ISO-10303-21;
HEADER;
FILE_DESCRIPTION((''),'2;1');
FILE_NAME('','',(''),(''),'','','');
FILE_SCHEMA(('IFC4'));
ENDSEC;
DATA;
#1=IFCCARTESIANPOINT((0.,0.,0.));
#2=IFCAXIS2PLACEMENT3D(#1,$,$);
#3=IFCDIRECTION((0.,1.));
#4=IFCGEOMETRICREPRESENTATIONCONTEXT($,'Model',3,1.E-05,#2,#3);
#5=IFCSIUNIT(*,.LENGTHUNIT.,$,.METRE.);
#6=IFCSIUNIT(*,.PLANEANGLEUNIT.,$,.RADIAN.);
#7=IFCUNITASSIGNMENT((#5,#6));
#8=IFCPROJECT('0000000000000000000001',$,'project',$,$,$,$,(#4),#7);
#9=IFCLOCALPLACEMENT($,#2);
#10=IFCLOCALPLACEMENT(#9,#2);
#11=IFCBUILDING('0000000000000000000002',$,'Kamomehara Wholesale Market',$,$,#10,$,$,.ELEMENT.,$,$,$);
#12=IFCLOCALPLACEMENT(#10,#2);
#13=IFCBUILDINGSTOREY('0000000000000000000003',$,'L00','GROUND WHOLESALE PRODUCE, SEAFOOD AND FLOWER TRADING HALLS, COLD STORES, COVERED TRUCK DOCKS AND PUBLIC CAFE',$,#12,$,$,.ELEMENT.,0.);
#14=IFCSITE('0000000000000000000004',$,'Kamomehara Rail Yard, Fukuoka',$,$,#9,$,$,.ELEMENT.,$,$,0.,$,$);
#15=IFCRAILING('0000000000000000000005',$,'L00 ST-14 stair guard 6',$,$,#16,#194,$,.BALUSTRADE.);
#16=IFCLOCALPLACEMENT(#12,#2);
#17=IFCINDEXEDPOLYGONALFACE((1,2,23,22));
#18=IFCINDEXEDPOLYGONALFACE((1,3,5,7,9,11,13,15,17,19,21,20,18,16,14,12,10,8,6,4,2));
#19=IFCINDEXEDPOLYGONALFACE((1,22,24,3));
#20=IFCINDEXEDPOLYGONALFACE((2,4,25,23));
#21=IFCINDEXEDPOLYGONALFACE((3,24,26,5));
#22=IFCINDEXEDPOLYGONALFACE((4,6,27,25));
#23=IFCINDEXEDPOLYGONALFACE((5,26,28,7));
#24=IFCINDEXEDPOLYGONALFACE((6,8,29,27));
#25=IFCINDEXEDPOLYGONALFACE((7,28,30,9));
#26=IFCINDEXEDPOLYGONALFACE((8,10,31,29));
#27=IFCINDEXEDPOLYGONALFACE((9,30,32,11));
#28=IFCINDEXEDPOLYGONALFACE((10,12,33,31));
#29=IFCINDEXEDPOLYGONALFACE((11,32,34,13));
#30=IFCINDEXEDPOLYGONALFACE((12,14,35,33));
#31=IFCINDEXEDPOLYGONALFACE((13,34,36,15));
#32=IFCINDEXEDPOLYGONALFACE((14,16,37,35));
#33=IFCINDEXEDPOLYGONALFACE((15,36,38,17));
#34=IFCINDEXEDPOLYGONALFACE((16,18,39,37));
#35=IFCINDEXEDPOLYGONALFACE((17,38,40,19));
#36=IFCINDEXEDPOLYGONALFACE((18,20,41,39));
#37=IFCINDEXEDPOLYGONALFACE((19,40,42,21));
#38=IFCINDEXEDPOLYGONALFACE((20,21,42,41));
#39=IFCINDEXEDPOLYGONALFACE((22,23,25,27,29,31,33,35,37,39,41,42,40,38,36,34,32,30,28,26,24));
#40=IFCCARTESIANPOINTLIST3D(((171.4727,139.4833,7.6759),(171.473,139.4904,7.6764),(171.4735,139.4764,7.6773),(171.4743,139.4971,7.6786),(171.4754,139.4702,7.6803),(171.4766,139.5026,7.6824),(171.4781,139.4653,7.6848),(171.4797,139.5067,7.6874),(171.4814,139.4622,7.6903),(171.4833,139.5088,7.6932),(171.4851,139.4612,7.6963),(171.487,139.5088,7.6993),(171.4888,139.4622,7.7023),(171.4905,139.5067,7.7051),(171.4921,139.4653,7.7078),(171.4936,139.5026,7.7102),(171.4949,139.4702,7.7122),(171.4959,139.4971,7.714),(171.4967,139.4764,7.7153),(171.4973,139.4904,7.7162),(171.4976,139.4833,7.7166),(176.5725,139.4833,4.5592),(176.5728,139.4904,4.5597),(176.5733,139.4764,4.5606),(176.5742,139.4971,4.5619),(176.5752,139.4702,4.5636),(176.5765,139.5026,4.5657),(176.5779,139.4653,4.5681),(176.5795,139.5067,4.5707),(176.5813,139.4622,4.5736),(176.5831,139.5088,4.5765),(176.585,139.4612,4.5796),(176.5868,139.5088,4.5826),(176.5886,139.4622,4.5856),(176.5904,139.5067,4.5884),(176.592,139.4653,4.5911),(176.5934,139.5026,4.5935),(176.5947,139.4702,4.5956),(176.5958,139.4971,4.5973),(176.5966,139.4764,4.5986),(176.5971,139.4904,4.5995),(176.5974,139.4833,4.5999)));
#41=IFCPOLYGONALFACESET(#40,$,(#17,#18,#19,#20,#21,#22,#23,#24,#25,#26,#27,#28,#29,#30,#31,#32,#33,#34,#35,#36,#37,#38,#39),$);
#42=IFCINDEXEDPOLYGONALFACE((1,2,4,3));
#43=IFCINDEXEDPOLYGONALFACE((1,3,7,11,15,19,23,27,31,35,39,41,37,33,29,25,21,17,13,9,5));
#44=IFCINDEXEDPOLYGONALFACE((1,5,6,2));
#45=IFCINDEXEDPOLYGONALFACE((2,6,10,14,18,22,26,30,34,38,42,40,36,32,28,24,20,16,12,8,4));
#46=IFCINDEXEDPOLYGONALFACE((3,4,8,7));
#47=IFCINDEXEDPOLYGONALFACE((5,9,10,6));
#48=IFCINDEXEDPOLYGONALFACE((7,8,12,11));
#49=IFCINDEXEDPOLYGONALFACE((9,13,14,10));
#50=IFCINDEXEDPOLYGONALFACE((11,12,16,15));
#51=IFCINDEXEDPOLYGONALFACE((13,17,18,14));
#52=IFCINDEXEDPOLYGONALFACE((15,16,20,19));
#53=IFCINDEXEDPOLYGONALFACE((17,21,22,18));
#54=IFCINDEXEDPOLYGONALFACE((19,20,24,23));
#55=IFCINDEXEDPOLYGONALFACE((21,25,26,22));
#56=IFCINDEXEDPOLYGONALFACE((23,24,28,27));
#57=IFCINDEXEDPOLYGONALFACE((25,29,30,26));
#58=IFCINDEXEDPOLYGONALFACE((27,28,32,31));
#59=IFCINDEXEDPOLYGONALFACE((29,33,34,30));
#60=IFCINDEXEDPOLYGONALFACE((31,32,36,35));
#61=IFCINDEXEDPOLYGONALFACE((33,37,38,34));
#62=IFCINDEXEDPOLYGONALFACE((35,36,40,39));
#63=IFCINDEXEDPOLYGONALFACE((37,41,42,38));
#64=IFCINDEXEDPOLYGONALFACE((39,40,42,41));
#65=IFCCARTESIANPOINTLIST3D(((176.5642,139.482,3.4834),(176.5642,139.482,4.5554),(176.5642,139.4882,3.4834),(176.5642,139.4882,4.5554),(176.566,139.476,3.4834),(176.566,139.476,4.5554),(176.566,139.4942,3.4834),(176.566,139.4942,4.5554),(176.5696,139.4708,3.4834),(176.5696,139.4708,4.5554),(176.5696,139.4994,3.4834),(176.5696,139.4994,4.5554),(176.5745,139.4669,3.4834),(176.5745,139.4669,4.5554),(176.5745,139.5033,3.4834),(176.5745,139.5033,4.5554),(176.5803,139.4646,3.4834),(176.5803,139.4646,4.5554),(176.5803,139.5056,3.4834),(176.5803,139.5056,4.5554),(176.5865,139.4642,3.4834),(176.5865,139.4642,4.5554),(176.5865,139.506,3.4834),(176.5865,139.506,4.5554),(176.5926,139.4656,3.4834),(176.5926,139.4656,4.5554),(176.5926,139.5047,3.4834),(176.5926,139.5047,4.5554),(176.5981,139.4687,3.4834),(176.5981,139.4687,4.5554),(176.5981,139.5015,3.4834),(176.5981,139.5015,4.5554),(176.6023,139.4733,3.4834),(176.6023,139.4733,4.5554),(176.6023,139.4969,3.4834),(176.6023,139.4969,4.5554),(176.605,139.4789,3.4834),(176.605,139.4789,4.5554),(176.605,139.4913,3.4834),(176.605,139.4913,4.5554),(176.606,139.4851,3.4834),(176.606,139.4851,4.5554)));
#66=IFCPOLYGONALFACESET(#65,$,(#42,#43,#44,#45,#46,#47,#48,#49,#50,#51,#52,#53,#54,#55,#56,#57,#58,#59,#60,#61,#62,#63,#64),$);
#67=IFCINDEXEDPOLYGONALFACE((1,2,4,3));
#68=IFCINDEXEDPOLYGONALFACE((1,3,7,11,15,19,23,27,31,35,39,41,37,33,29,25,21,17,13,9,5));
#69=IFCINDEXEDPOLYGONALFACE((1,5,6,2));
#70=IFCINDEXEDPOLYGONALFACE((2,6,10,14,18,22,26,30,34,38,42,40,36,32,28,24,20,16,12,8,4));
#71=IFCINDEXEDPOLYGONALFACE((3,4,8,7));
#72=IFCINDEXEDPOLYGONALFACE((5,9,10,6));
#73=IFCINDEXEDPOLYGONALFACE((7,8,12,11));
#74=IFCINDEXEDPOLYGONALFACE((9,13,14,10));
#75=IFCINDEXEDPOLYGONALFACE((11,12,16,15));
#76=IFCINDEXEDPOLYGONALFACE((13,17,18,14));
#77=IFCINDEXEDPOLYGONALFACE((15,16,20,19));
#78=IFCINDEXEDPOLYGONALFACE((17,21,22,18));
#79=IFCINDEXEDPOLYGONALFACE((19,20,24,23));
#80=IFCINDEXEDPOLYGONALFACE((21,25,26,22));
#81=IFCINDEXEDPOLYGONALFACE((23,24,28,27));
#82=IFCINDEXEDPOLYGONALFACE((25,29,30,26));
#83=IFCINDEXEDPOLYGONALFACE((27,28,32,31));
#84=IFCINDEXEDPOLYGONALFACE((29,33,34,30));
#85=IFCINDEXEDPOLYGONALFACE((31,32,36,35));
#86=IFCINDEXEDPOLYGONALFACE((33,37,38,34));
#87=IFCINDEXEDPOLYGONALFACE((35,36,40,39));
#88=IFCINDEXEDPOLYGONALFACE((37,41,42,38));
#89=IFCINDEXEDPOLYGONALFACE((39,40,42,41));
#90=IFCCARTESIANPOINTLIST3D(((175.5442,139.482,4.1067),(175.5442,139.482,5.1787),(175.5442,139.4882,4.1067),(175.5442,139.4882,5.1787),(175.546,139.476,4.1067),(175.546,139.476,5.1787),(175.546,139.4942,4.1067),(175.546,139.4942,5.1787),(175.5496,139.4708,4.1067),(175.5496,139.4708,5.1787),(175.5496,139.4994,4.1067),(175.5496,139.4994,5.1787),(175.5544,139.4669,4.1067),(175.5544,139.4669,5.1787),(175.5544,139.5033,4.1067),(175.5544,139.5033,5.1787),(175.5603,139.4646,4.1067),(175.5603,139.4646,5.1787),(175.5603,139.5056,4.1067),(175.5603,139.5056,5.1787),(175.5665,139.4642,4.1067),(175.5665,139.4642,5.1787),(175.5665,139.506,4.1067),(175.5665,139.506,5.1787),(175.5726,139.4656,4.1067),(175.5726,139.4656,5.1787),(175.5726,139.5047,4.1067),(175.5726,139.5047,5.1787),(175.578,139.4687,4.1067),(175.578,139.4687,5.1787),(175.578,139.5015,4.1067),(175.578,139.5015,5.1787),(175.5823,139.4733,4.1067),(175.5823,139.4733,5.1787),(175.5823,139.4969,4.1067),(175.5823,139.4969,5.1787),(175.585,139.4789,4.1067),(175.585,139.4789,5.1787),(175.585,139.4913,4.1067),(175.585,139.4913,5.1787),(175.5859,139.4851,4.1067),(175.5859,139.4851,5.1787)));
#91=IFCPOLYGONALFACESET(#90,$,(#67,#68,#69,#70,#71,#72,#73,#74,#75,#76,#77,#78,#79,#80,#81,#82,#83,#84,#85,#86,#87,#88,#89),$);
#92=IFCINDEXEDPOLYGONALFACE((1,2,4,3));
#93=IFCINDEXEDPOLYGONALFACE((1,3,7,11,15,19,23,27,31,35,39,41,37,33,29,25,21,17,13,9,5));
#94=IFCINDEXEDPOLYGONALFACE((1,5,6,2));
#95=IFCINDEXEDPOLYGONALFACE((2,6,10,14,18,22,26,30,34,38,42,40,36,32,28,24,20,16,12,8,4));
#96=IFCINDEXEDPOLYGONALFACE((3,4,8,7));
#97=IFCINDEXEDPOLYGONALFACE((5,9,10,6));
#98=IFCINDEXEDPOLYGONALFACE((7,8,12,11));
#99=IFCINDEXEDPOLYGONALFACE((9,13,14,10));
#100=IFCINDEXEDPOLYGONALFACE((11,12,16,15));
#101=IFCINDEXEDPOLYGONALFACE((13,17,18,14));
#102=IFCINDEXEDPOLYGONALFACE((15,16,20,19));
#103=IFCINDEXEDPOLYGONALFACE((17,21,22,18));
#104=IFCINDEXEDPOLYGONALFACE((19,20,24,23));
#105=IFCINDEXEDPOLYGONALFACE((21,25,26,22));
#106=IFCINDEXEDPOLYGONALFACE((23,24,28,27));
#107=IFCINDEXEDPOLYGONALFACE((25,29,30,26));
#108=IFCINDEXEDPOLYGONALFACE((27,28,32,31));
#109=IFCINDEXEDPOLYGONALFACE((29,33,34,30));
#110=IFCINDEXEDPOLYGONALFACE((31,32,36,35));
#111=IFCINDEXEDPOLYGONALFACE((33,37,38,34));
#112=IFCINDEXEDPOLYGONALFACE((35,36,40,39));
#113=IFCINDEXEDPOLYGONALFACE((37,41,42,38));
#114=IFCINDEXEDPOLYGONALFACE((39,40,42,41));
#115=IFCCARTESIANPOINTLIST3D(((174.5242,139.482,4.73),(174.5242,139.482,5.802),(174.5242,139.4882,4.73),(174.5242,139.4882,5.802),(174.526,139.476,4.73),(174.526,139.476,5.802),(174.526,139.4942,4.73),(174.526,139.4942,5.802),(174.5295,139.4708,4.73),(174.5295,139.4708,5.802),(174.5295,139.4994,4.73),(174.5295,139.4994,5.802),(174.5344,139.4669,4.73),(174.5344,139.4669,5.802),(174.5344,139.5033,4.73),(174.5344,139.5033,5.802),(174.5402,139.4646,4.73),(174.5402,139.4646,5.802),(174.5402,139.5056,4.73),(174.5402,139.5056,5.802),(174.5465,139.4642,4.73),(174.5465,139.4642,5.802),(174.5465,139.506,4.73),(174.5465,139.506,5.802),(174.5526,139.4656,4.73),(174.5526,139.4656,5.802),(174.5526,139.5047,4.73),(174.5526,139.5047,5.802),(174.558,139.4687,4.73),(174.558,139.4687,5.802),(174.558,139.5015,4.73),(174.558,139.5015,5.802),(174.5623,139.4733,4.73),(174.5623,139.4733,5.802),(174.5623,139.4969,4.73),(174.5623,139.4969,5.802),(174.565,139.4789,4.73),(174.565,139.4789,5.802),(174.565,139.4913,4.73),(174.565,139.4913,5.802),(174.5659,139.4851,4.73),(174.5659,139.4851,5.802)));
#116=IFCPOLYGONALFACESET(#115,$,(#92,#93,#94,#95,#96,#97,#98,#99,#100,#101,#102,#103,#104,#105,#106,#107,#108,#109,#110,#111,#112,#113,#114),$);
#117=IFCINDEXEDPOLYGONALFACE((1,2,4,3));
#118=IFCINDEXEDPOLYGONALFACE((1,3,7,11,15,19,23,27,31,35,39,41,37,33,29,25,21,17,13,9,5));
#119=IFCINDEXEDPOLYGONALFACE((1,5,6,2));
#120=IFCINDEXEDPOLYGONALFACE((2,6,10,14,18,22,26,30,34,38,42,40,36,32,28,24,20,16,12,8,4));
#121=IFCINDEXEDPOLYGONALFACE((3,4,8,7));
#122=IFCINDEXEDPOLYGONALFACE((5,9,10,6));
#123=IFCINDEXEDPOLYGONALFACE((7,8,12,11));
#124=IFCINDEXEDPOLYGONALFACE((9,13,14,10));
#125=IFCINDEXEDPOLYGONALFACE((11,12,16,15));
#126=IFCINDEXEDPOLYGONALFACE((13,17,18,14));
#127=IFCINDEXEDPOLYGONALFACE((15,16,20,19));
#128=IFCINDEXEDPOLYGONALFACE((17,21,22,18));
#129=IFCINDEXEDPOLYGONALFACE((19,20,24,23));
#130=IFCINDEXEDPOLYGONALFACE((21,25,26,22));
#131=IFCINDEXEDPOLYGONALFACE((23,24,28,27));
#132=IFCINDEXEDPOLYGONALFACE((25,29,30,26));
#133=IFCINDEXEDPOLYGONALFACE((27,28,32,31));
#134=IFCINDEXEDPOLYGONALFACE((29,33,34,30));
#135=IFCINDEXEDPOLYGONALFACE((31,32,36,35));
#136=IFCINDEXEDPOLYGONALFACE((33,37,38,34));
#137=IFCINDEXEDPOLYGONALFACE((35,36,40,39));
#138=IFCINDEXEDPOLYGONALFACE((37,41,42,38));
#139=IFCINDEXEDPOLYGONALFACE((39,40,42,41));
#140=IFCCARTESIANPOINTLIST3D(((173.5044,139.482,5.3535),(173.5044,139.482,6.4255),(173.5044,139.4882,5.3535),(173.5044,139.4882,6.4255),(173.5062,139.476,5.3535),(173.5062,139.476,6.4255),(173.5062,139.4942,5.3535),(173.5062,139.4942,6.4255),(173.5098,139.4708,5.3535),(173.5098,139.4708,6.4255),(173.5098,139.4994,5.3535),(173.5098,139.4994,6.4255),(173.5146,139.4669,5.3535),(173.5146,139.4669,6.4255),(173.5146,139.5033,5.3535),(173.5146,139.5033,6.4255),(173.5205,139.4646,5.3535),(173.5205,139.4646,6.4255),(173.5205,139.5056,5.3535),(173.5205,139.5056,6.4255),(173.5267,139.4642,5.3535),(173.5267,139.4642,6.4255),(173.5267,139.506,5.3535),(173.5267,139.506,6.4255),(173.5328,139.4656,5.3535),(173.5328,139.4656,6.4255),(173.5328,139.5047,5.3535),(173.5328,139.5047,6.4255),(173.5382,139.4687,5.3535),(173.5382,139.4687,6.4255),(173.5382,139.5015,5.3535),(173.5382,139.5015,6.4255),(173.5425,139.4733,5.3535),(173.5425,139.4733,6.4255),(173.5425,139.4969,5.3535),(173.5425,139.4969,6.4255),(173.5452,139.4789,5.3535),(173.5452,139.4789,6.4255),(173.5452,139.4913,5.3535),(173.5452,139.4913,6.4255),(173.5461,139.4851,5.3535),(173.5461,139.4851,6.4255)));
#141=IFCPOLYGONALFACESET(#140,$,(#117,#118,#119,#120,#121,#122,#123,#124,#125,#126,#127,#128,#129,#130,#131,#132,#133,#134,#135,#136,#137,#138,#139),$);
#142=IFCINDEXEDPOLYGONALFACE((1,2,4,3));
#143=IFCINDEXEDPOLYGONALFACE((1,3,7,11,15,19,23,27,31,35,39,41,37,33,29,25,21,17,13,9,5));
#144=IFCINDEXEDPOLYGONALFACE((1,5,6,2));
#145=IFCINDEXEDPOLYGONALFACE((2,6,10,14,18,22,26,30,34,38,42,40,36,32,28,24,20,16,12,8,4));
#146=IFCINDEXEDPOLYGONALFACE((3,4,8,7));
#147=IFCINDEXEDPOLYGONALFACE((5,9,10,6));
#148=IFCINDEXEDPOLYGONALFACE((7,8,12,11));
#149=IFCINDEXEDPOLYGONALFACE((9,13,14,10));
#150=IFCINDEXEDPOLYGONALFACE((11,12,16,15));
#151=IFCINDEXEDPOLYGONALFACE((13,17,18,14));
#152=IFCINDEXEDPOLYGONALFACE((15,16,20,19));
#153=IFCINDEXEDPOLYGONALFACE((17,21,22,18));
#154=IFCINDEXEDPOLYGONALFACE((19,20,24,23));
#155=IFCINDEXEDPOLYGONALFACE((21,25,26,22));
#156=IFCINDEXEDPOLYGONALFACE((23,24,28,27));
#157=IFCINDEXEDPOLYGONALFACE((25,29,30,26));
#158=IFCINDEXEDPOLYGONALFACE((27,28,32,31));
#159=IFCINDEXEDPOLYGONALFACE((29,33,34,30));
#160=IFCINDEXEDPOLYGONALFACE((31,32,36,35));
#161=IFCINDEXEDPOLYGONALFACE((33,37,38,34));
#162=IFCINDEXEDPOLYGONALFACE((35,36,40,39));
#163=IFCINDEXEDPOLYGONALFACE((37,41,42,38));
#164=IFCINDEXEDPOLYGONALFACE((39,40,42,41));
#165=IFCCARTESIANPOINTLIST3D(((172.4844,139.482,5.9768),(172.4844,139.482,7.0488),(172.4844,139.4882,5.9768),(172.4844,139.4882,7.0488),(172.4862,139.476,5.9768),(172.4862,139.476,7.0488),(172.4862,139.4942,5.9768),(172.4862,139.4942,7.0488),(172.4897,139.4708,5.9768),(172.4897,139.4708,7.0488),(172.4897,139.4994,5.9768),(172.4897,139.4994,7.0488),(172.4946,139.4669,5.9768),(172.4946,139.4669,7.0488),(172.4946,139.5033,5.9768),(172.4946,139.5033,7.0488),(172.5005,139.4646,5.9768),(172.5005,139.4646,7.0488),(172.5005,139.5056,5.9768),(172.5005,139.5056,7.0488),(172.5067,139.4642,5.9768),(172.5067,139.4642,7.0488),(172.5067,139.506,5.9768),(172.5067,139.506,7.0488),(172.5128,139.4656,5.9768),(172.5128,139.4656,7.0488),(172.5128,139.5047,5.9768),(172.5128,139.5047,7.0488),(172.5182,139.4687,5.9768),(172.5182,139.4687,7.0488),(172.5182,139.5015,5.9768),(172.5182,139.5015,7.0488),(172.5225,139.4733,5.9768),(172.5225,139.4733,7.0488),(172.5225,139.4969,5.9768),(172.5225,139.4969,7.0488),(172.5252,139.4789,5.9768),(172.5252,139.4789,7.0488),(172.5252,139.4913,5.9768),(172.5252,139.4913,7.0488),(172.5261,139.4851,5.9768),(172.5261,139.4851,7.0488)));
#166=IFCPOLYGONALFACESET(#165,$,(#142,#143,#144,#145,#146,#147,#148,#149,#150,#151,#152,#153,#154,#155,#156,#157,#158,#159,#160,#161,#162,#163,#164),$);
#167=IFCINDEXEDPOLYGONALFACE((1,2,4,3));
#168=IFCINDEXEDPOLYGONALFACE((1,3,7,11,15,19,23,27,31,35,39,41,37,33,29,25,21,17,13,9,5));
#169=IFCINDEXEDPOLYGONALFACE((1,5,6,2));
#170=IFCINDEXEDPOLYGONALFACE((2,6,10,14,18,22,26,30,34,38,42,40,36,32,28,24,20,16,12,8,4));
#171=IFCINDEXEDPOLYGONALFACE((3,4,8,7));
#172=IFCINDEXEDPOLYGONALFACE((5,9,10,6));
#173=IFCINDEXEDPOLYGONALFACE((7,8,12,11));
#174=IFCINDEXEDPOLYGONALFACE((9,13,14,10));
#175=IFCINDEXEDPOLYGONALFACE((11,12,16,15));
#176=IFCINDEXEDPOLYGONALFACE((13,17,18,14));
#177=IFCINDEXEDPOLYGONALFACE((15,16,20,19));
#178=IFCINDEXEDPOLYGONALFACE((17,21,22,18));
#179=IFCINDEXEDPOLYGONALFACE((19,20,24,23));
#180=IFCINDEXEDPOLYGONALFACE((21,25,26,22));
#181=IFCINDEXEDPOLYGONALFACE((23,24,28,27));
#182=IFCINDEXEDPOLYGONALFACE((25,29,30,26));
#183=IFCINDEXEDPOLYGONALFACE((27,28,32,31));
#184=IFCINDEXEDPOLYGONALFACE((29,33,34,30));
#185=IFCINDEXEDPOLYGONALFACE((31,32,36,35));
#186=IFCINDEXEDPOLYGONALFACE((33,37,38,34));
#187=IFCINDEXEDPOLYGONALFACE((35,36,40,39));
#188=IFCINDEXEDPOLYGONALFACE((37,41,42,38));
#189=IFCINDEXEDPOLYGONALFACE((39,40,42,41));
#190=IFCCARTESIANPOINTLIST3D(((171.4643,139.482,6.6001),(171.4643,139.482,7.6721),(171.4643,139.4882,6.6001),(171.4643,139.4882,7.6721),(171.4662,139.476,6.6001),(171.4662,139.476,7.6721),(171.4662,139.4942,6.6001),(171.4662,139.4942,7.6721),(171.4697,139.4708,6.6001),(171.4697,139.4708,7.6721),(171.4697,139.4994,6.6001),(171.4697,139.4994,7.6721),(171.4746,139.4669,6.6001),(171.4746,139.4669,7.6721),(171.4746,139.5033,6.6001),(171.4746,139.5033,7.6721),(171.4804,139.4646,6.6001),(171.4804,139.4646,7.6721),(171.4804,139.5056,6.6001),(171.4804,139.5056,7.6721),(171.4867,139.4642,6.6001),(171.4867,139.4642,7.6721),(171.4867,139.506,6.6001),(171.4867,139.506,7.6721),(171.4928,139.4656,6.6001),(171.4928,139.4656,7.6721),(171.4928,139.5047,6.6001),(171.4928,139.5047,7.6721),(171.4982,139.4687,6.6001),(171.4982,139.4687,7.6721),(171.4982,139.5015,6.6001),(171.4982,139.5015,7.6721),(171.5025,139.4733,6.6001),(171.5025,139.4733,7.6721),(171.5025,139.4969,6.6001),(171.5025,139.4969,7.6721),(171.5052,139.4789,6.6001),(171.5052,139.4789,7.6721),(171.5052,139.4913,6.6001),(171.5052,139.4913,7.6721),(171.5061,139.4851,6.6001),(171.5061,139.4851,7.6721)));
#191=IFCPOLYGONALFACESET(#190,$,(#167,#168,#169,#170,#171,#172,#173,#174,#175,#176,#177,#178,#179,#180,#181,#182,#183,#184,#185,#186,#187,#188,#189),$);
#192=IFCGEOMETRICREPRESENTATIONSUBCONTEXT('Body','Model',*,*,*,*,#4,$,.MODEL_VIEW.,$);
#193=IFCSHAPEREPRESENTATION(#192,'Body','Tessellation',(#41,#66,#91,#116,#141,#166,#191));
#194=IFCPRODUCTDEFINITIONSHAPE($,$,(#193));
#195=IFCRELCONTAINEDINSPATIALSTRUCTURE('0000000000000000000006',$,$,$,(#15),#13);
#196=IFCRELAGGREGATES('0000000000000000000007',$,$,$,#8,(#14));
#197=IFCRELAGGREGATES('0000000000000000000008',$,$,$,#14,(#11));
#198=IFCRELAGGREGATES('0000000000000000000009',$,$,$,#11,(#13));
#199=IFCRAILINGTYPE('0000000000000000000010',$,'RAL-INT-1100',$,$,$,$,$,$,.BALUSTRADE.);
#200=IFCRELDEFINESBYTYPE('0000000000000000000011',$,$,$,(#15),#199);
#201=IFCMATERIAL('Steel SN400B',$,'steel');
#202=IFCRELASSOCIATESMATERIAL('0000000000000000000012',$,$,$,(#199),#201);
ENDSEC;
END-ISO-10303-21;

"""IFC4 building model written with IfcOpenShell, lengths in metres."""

from ifc_helpers import new_model, si_unit, direction, frame, origin, origin_2d, place, context, subcontext, project, spatial, circle, extrude, material, type_object, element, save


model = new_model("IFC4")

# Units and contexts
model_context = context("Model", 3, precision=1e-05, world=origin(), true_north=direction((0.0, 1.0)))
body_context = subcontext(model_context, "Body", "Model", "MODEL_VIEW")
ifc_project = project(units=[si_unit("LENGTHUNIT", "METRE"), si_unit("PLANEANGLEUNIT", "RADIAN")], contexts=[model_context])

# Site, building, storey
site_placement = place(None, origin())
site = spatial("IfcSite", under=ifc_project, at=site_placement, Name="Kamomehara Rail Yard, Fukuoka", CompositionType="ELEMENT", RefElevation=0.0)
building_placement = place(site_placement, origin())
building = spatial("IfcBuilding", under=site, at=building_placement, Name="Kamomehara Wholesale Market", CompositionType="ELEMENT")
storey_placement = place(building_placement, origin())
storey = spatial("IfcBuildingStorey", under=building, at=storey_placement, Name="L00", Description="GROUND WHOLESALE PRODUCE, SEAFOOD AND FLOWER TRADING HALLS, COLD STORES, COVERED TRUCK DOCKS AND PUBLIC CAFE", CompositionType="ELEMENT", Elevation=0.0)

# Railing
ifc_material_1 = material(Name="Steel SN400B", Category="steel")
railing_type_1 = type_object("IfcRailingType", Name="RAL-INT-1100", PredefinedType="BALUSTRADE", material=ifc_material_1)
railing_1_placement = place(storey_placement, frame((176.585, 139.4851, 3.4834)))
element("IfcRailing", 1, at=railing_1_placement, inside=storey, type_object=railing_type_1, Name="L00 ST-14 stair guard 6", PredefinedType="BALUSTRADE", context=body_context, shape_type="SweptSolid", body=[
    extrude(circle(Radius=0.0239, at=origin_2d()), frame((0.0, 0.0, 1.0962), z_axis=(-0.853273, 0.0, 0.521465), x_axis=(0.0, -1.0, 0.0)), (0.0, 0.0, 1.0), 5.9768),
    extrude(circle(Radius=0.021, at=origin_2d()), origin(), (0.0, 0.0, 1.0), 1.072),
    extrude(circle(Radius=0.021, at=origin_2d()), frame((-1.02, 0.0, 0.6233)), (0.0, 0.0, 1.0), 1.072),
    extrude(circle(Radius=0.021, at=origin_2d()), frame((-2.04, 0.0, 1.2466)), (0.0, 0.0, 1.0), 1.072),
    extrude(circle(Radius=0.021, at=origin_2d()), frame((-3.0598, 0.0, 1.8701)), (0.0, 0.0, 1.0), 1.072),
    extrude(circle(Radius=0.021, at=origin_2d()), frame((-4.0798, 0.0, 2.4934)), (0.0, 0.0, 1.0), 1.072),
    extrude(circle(Radius=0.021, at=origin_2d()), frame((-5.0999, 0.0, 3.1167)), (0.0, 0.0, 1.0), 1.072),
])

save(model, "model.ifc")
